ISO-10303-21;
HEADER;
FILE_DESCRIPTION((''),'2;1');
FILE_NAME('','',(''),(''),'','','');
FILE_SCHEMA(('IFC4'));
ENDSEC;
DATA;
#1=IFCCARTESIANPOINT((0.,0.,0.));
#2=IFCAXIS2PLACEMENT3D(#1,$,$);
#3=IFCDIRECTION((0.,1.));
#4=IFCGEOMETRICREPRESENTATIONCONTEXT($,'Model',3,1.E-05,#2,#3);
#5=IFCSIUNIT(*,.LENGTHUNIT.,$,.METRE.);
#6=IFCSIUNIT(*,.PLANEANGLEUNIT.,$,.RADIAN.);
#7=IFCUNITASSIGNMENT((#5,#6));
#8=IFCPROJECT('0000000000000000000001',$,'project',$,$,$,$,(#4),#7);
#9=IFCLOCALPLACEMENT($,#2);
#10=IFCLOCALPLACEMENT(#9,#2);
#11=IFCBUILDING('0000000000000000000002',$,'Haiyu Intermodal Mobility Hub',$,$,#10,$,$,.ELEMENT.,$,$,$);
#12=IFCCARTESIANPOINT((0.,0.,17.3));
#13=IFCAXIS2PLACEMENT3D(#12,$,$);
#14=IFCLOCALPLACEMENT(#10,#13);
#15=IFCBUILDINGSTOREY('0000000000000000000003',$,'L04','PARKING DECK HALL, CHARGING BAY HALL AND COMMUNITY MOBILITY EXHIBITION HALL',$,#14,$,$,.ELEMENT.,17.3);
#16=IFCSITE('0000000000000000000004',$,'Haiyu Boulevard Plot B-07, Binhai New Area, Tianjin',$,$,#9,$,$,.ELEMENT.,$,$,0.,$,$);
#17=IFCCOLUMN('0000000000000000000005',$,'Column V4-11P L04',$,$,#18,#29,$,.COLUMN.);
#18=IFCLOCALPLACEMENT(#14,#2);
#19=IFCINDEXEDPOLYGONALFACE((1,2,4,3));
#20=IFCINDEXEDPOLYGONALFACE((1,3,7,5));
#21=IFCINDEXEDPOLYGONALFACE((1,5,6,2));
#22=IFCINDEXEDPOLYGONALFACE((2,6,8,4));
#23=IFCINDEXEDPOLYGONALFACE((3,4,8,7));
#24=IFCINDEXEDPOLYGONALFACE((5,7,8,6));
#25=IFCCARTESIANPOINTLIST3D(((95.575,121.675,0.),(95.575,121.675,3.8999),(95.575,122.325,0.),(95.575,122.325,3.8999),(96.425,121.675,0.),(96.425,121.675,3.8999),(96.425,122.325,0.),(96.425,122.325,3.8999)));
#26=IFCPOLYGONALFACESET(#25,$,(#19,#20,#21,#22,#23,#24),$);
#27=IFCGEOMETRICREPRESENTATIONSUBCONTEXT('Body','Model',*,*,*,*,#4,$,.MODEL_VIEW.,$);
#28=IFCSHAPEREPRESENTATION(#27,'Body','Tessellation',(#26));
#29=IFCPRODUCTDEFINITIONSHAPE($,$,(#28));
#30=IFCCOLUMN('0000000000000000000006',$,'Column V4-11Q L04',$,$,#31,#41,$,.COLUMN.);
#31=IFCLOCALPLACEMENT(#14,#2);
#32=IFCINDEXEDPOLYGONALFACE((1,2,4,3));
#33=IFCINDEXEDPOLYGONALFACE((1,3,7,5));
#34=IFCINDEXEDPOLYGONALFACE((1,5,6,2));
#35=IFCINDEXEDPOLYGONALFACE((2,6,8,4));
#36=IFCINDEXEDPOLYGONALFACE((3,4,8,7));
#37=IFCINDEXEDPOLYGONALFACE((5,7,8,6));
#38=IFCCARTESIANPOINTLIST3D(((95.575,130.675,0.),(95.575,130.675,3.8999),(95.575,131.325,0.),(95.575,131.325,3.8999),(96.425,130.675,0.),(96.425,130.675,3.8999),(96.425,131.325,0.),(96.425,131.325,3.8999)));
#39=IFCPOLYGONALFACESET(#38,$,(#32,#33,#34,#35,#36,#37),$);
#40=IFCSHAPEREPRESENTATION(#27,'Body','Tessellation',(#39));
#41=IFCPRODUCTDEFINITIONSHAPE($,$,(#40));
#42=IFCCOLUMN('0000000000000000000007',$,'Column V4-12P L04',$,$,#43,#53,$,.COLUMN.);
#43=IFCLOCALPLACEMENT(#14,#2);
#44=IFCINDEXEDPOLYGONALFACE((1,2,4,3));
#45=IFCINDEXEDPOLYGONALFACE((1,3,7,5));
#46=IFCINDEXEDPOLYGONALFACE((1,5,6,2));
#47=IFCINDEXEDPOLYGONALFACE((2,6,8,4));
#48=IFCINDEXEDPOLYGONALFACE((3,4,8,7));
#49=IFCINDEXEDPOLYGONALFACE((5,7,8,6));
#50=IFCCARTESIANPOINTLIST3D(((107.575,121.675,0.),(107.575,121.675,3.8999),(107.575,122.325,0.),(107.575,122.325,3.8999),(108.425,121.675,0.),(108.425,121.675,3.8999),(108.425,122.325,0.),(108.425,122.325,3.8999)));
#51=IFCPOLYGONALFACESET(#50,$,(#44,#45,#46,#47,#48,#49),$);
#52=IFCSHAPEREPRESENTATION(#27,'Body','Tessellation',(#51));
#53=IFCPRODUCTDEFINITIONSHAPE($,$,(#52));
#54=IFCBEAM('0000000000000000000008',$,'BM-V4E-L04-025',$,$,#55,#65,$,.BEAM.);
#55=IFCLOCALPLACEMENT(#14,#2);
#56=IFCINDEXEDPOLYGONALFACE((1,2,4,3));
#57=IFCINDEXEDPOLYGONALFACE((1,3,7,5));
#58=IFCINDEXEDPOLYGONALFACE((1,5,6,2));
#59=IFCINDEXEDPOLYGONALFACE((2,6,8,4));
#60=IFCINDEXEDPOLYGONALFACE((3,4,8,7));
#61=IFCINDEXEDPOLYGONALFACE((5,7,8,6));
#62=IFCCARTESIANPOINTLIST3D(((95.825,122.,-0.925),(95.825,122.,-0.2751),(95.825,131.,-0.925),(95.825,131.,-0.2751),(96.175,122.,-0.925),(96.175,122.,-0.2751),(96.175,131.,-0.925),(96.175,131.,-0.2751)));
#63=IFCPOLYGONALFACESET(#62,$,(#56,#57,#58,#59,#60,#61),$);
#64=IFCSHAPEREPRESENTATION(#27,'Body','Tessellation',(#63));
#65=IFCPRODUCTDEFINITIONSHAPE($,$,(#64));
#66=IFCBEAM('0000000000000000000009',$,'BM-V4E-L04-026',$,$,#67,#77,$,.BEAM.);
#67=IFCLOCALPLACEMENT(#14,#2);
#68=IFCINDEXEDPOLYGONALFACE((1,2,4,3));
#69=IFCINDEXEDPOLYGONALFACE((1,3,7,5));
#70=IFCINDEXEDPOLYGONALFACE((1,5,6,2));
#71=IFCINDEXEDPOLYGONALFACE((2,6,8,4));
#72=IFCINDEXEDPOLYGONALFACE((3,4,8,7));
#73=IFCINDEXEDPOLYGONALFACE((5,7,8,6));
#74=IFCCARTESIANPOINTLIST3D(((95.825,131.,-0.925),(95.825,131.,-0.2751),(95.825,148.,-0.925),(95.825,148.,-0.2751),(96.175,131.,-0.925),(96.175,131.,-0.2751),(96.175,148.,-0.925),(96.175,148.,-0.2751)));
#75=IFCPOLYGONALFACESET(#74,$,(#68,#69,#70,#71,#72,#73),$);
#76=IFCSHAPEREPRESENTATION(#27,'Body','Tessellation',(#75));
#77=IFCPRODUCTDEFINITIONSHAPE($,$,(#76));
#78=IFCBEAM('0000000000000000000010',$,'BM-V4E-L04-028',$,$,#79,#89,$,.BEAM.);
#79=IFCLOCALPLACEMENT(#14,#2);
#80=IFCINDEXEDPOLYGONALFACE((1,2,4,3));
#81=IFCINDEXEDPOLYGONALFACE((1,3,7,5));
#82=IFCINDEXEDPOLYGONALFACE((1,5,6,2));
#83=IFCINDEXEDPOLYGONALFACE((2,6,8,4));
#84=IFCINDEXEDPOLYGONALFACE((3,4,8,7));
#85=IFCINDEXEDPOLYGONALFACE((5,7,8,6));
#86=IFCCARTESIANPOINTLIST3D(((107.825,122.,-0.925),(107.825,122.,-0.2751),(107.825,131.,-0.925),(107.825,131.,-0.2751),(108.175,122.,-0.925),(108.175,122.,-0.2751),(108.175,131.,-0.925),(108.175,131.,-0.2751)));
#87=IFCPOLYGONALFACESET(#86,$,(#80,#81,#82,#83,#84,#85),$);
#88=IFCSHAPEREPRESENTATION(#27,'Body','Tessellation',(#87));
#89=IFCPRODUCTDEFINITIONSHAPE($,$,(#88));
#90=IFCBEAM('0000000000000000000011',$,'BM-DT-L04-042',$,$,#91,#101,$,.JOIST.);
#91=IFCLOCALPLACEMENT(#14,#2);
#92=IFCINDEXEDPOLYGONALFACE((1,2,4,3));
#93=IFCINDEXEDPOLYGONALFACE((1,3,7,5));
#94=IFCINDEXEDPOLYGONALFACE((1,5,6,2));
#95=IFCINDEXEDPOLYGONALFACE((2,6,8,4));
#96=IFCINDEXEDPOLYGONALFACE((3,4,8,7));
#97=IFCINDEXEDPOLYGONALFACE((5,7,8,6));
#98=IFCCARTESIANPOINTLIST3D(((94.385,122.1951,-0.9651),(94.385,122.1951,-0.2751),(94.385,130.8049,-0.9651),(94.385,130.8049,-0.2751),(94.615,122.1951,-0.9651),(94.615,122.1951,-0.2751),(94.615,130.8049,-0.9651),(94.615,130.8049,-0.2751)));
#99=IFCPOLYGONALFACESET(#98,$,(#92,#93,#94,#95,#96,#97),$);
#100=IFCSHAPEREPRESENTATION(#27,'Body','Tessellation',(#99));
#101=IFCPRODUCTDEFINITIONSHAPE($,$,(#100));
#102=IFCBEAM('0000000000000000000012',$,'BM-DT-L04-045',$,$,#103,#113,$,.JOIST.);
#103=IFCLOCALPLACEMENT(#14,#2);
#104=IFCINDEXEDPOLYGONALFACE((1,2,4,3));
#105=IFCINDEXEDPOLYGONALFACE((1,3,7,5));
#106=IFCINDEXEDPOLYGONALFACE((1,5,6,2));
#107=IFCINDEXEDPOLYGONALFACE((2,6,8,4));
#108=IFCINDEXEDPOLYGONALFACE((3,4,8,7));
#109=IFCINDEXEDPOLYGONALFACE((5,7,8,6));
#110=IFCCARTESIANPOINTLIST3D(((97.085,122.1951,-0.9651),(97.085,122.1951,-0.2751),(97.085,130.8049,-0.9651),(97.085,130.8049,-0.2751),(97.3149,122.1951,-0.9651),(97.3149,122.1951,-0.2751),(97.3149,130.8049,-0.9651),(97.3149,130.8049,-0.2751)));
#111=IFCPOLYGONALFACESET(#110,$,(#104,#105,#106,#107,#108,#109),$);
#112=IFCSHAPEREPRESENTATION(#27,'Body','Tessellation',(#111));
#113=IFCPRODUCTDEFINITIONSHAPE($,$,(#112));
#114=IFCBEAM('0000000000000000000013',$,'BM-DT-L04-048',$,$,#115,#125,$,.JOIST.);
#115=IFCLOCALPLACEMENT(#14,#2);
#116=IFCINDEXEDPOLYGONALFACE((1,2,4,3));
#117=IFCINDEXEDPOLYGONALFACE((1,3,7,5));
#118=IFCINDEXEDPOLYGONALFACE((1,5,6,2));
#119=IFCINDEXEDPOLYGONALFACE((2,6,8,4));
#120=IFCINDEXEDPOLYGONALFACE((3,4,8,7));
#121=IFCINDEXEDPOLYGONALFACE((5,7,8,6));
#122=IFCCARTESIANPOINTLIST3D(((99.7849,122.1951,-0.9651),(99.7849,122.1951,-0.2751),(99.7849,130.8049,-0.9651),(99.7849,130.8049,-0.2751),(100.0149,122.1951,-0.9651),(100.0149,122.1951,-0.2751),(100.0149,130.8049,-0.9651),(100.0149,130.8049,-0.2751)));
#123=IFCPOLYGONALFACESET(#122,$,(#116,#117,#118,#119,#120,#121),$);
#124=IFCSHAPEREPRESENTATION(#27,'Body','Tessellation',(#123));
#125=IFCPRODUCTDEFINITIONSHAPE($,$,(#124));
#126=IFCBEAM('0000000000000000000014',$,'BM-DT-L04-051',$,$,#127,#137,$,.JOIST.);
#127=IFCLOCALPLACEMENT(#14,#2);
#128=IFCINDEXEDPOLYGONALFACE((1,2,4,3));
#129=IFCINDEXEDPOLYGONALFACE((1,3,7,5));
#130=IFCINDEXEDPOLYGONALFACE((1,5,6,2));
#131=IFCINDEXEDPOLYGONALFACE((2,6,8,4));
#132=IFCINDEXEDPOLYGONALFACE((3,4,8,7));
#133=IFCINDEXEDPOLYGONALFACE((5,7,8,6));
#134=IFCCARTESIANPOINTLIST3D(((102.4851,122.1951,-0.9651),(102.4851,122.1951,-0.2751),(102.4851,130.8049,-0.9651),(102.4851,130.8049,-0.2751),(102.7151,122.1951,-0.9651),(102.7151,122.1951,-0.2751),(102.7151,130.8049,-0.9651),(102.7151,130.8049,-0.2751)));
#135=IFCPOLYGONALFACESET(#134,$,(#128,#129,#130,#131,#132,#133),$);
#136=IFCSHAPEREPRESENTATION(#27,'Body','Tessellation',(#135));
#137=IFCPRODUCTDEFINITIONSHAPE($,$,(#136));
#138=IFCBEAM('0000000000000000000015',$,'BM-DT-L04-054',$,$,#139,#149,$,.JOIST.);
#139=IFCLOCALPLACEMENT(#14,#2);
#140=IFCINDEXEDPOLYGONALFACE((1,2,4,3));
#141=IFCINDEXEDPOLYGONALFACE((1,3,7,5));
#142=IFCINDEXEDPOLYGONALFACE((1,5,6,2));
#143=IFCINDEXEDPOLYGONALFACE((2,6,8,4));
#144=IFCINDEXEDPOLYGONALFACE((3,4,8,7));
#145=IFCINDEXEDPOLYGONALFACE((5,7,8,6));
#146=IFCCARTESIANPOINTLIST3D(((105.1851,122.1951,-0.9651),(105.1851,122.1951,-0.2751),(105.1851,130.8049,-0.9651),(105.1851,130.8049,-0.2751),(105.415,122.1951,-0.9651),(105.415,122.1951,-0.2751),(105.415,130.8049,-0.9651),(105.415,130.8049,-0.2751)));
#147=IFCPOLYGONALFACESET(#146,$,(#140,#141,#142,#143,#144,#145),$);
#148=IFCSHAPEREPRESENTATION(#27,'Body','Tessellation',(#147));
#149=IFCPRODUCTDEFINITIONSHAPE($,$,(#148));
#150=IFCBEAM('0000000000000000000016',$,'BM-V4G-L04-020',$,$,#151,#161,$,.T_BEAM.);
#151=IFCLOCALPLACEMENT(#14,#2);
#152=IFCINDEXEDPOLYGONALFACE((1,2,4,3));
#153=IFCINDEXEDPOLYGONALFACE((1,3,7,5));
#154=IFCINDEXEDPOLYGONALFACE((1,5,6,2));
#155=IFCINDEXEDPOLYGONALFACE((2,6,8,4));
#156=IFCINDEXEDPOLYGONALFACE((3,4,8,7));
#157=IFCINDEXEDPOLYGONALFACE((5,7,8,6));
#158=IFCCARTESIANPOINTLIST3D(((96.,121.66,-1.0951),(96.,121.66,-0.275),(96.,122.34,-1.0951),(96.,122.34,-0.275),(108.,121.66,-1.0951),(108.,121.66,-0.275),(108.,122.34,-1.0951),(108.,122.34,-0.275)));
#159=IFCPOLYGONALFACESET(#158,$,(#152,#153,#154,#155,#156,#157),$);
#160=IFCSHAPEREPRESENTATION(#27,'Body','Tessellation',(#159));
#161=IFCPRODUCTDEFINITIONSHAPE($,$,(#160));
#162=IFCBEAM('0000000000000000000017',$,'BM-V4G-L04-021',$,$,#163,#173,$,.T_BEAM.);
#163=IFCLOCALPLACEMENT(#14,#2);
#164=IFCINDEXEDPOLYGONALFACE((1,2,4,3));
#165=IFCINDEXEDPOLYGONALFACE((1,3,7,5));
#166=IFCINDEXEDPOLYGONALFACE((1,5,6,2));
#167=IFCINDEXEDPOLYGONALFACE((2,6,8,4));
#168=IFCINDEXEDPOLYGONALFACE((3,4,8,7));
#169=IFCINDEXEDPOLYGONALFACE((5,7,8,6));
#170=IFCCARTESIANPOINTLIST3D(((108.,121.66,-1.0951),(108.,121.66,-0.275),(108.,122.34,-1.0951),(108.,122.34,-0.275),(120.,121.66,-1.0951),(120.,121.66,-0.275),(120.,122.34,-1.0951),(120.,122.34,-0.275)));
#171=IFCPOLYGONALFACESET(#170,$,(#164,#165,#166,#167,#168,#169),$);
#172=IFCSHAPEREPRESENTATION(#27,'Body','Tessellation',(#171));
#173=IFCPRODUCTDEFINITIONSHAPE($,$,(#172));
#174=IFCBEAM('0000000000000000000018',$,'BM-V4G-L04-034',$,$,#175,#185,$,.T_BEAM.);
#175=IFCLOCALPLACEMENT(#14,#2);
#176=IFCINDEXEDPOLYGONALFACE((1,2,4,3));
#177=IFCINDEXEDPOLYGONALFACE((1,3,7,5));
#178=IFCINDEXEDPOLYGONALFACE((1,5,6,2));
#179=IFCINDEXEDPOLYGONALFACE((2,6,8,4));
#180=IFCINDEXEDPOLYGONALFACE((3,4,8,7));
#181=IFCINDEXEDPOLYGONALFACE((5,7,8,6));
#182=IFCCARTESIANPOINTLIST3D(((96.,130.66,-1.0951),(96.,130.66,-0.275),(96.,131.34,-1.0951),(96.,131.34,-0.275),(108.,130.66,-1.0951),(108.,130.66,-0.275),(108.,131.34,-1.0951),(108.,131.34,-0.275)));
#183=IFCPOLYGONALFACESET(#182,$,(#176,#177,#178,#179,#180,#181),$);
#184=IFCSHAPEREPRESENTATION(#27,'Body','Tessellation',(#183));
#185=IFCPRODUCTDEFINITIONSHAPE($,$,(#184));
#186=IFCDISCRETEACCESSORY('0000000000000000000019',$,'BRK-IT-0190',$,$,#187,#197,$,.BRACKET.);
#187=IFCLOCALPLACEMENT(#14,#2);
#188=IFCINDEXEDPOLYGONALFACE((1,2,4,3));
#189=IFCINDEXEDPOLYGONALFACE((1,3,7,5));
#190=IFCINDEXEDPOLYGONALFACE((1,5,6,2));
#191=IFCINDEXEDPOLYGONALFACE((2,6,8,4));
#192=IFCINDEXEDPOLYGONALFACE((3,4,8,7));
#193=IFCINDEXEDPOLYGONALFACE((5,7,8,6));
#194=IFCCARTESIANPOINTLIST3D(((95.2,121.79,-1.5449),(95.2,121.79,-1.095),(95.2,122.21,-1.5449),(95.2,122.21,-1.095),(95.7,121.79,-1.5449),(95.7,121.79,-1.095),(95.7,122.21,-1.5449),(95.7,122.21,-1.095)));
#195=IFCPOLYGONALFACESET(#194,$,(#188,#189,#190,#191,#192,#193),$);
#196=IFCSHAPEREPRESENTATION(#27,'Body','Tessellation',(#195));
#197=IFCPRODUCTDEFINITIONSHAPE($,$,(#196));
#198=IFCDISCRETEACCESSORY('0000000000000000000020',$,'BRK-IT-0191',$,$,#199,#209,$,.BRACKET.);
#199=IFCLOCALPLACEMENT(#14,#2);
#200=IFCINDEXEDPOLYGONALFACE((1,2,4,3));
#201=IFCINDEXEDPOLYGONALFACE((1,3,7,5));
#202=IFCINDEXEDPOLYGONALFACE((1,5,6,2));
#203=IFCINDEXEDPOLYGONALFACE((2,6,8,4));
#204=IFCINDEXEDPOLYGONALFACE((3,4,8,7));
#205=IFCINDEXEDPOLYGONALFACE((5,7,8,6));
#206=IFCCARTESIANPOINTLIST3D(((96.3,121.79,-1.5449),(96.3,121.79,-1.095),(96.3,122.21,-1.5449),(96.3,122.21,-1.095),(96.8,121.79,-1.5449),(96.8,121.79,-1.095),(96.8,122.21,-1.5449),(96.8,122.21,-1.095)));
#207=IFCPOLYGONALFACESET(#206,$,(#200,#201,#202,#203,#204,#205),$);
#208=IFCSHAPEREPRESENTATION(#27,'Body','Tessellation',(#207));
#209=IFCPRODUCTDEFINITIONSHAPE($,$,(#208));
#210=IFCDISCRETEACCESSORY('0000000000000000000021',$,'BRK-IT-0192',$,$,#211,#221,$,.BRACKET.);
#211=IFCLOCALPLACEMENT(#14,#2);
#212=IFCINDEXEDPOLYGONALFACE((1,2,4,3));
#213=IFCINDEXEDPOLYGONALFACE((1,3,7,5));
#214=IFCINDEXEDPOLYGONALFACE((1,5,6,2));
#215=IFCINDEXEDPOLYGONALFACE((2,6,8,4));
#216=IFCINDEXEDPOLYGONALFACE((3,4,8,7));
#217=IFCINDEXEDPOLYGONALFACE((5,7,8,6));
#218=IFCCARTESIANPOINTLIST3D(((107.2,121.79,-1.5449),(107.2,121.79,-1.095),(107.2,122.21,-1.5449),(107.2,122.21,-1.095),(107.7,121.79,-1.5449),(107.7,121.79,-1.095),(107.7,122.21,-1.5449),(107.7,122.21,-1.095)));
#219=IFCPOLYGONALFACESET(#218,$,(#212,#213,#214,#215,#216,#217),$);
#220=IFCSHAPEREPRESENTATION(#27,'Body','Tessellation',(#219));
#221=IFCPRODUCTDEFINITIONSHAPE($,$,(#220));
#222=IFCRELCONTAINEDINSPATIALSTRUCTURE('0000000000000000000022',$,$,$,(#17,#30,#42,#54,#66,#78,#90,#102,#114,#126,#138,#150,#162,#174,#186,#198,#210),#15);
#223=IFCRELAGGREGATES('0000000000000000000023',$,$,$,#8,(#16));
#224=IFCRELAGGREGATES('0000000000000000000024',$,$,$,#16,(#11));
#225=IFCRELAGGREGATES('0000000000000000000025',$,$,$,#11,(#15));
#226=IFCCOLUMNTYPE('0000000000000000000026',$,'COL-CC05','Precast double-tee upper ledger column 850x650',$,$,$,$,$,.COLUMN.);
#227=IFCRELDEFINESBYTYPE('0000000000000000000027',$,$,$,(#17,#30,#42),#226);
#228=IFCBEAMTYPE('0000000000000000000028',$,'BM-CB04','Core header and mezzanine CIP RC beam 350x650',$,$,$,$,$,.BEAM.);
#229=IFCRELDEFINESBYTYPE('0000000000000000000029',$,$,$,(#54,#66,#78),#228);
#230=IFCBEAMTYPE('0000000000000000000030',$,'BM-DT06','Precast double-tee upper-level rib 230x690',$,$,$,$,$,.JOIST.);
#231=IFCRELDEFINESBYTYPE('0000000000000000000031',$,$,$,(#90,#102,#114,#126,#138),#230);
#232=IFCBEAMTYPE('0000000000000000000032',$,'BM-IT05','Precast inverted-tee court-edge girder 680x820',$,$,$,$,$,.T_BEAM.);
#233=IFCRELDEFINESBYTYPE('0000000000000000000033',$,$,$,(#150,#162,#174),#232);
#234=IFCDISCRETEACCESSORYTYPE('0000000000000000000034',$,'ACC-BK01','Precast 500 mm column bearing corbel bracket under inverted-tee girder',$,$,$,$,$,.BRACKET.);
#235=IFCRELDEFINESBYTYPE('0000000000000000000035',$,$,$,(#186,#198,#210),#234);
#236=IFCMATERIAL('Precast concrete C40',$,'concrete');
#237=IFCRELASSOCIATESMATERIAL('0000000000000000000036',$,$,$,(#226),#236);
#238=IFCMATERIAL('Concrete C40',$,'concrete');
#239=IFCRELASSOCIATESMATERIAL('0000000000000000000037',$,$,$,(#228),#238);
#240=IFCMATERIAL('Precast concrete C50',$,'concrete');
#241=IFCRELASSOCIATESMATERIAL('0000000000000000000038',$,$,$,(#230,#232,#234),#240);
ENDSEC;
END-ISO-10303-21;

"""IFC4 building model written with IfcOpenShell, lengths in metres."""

from ifc_helpers import new_model, si_unit, direction, frame, origin, origin_2d, place, context, subcontext, project, spatial, rectangle, extrude, material, material_profile, profile_set, type_object, element, save


model = new_model("IFC4")

# Units and contexts
model_context = context("Model", 3, precision=1e-05, world=origin(), true_north=direction((0.0, 1.0)))
body_context = subcontext(model_context, "Body", "Model", "MODEL_VIEW")
ifc_project = project(units=[si_unit("LENGTHUNIT", "METRE"), si_unit("PLANEANGLEUNIT", "RADIAN")], contexts=[model_context])

# Site, building, storey
site_placement = place(None, origin())
site = spatial("IfcSite", under=ifc_project, at=site_placement, Name="Haiyu Boulevard Plot B-07, Binhai New Area, Tianjin", CompositionType="ELEMENT", RefElevation=0.0)
building_placement = place(site_placement, origin())
building = spatial("IfcBuilding", under=site, at=building_placement, Name="Haiyu Intermodal Mobility Hub", CompositionType="ELEMENT")
storey_placement = place(building_placement, frame((0.0, 0.0, 17.3)))
storey = spatial("IfcBuildingStorey", under=building, at=storey_placement, Name="L04", Description="PARKING DECK HALL, CHARGING BAY HALL AND COMMUNITY MOBILITY EXHIBITION HALL", CompositionType="ELEMENT", Elevation=17.3)

# Columns
ifc_material_1 = material(Name="Precast concrete C40", Category="concrete")
ifc_material_profile_1 = material_profile(ifc_material_1, rectangle(XDim=0.8501, YDim=0.6499, at=origin_2d()), Name="RC850x650")
ifc_profile_set_1 = profile_set([ifc_material_profile_1], Name="Precast concrete C40")
column_type = type_object("IfcColumnType", Name="COL-CC05", Description="Precast double-tee upper ledger column 850x650", PredefinedType="COLUMN", material=ifc_profile_set_1)
for number, where, z_axis, x_axis, name in (
    (1, (96.0, 122.0, 0.0), (0.0, 0.0, 1.0), (1.0, 0.0, 0.0), "Column V4-11P L04"),
    (2, (96.0, 131.0, 0.0), (0.0, 0.0, 1.0), (1.0, 0.0, 0.0), "Column V4-11Q L04"),
    (3, (108.0, 122.0, 0.0), (0.0, 0.0, 1.0), (1.0, 0.0, 0.0), "Column V4-12P L04"),
):
    element("IfcColumn", number, at=place(storey_placement, frame(where, z_axis=z_axis, x_axis=x_axis)), inside=storey, type_object=column_type, Name=name, PredefinedType="COLUMN", context=body_context, shape_type="SweptSolid", body=[
        extrude(rectangle(XDim=0.8501, YDim=0.6499, at=origin_2d()), origin(), (0.0, 0.0, 1.0), 3.8999),
    ])

# Beams
ifc_material_2 = material(Name="Concrete C40", Category="concrete")
ifc_material_profile_2 = material_profile(ifc_material_2, rectangle(XDim=0.3501, YDim=0.6499, at=origin_2d()), Name="RCB350x650")
ifc_profile_set_2 = profile_set([ifc_material_profile_2], Name="Concrete C40")
beam_type_1 = type_object("IfcBeamType", Name="BM-CB04", Description="Core header and mezzanine CIP RC beam 350x650", PredefinedType="BEAM", material=ifc_profile_set_2)
beam_1_placement = place(storey_placement, frame((96.0, 122.0, -0.6001), z_axis=(0.0, 1.0, 0.0), x_axis=(-1.0, 0.0, 0.0)))
element("IfcBeam", 4, at=beam_1_placement, inside=storey, type_object=beam_type_1, Name="BM-V4E-L04-025", PredefinedType="BEAM", context=body_context, shape_type="SweptSolid", body=[
    extrude(rectangle(XDim=0.3501, YDim=0.6499, at=origin_2d()), origin(), (0.0, 0.0, 1.0), 9.0),
])
beam_2_placement = place(storey_placement, frame((96.0, 131.0, -0.6001), z_axis=(0.0, 1.0, 0.0), x_axis=(-1.0, 0.0, 0.0)))
element("IfcBeam", 5, at=beam_2_placement, inside=storey, type_object=beam_type_1, Name="BM-V4E-L04-026", PredefinedType="BEAM", context=body_context, shape_type="SweptSolid", body=[
    extrude(rectangle(XDim=0.3501, YDim=0.6499, at=origin_2d()), origin(), (0.0, 0.0, 1.0), 17.0),
])
beam_3_placement = place(storey_placement, frame((108.0, 122.0, -0.6001), z_axis=(0.0, 1.0, 0.0), x_axis=(-1.0, 0.0, 0.0)))
element("IfcBeam", 6, at=beam_3_placement, inside=storey, type_object=beam_type_1, Name="BM-V4E-L04-028", PredefinedType="BEAM", context=body_context, shape_type="SweptSolid", body=[
    extrude(rectangle(XDim=0.3501, YDim=0.6499, at=origin_2d()), origin(), (0.0, 0.0, 1.0), 9.0),
])
ifc_material_3 = material(Name="Precast concrete C50", Category="concrete")
ifc_material_profile_3 = material_profile(ifc_material_3, rectangle(XDim=0.23, YDim=0.6899, at=origin_2d()), Name="B230x690")
ifc_profile_set_3 = profile_set([ifc_material_profile_3], Name="Precast concrete C50")
beam_type_2 = type_object("IfcBeamType", Name="BM-DT06", Description="Precast double-tee upper-level rib 230x690", PredefinedType="JOIST", material=ifc_profile_set_3)
for number, where, z_axis, x_axis, name in (
    (7, (94.5, 122.1951, -0.6201), (0.0, 1.0, 0.0), (-1.0, 0.0, 0.0), "BM-DT-L04-042"),
    (8, (97.2, 122.1951, -0.6201), (0.0, 1.0, 0.0), (-1.0, 0.0, 0.0), "BM-DT-L04-045"),
    (9, (99.8999, 122.1951, -0.6201), (0.0, 1.0, 0.0), (-1.0, 0.0, 0.0), "BM-DT-L04-048"),
    (10, (102.6001, 122.1951, -0.6201), (0.0, 1.0, 0.0), (-1.0, 0.0, 0.0), "BM-DT-L04-051"),
    (11, (105.3, 122.1951, -0.6201), (0.0, 1.0, 0.0), (-1.0, 0.0, 0.0), "BM-DT-L04-054"),
):
    element("IfcBeam", number, at=place(storey_placement, frame(where, z_axis=z_axis, x_axis=x_axis)), inside=storey, type_object=beam_type_2, Name=name, PredefinedType="JOIST", context=body_context, shape_type="SweptSolid", body=[
        extrude(rectangle(XDim=0.23, YDim=0.6899, at=origin_2d()), origin(), (0.0, 0.0, 1.0), 8.6099),
    ])
ifc_material_profile_4 = material_profile(ifc_material_3, rectangle(XDim=0.6799, YDim=0.8201, at=origin_2d()), Name="B680x820")
ifc_profile_set_4 = profile_set([ifc_material_profile_4], Name="Precast concrete C50")
beam_type_3 = type_object("IfcBeamType", Name="BM-IT05", Description="Precast inverted-tee court-edge girder 680x820", PredefinedType="T_BEAM", material=ifc_profile_set_4)
for number, where, z_axis, x_axis, name in (
    (12, (96.0, 122.0, -0.6851), (1.0, 0.0, 0.0), (0.0, 1.0, 0.0), "BM-V4G-L04-020"),
    (13, (108.0, 122.0, -0.6851), (1.0, 0.0, 0.0), (0.0, 1.0, 0.0), "BM-V4G-L04-021"),
    (14, (96.0, 131.0, -0.6851), (1.0, 0.0, 0.0), (0.0, 1.0, 0.0), "BM-V4G-L04-034"),
):
    element("IfcBeam", number, at=place(storey_placement, frame(where, z_axis=z_axis, x_axis=x_axis)), inside=storey, type_object=beam_type_3, Name=name, PredefinedType="T_BEAM", context=body_context, shape_type="SweptSolid", body=[
        extrude(rectangle(XDim=0.6799, YDim=0.8201, at=origin_2d()), origin(), (0.0, 0.0, 1.0), 12.0),
    ])

# Discrete accessories
discrete_accessory_type = type_object("IfcDiscreteAccessoryType", Name="ACC-BK01", Description="Precast 500 mm column bearing corbel bracket under inverted-tee girder", PredefinedType="BRACKET", material=ifc_material_3)
for number, where, z_axis, x_axis, name in (
    (15, (95.45, 122.0, -1.5449), (0.0, 0.0, 1.0), (1.0, 0.0, 0.0), "BRK-IT-0190"),
    (16, (96.55, 122.0, -1.5449), (0.0, 0.0, 1.0), (1.0, 0.0, 0.0), "BRK-IT-0191"),
    (17, (107.45, 122.0, -1.5449), (0.0, 0.0, 1.0), (1.0, 0.0, 0.0), "BRK-IT-0192"),
):
    element("IfcDiscreteAccessory", number, at=place(storey_placement, frame(where, z_axis=z_axis, x_axis=x_axis)), inside=storey, type_object=discrete_accessory_type, Name=name, PredefinedType="BRACKET", context=body_context, shape_type="SweptSolid", body=[
        extrude(rectangle(XDim=0.5, YDim=0.4199, at=origin_2d()), origin(), (0.0, 0.0, 1.0), 0.45),
    ])

save(model, "model.ifc")
